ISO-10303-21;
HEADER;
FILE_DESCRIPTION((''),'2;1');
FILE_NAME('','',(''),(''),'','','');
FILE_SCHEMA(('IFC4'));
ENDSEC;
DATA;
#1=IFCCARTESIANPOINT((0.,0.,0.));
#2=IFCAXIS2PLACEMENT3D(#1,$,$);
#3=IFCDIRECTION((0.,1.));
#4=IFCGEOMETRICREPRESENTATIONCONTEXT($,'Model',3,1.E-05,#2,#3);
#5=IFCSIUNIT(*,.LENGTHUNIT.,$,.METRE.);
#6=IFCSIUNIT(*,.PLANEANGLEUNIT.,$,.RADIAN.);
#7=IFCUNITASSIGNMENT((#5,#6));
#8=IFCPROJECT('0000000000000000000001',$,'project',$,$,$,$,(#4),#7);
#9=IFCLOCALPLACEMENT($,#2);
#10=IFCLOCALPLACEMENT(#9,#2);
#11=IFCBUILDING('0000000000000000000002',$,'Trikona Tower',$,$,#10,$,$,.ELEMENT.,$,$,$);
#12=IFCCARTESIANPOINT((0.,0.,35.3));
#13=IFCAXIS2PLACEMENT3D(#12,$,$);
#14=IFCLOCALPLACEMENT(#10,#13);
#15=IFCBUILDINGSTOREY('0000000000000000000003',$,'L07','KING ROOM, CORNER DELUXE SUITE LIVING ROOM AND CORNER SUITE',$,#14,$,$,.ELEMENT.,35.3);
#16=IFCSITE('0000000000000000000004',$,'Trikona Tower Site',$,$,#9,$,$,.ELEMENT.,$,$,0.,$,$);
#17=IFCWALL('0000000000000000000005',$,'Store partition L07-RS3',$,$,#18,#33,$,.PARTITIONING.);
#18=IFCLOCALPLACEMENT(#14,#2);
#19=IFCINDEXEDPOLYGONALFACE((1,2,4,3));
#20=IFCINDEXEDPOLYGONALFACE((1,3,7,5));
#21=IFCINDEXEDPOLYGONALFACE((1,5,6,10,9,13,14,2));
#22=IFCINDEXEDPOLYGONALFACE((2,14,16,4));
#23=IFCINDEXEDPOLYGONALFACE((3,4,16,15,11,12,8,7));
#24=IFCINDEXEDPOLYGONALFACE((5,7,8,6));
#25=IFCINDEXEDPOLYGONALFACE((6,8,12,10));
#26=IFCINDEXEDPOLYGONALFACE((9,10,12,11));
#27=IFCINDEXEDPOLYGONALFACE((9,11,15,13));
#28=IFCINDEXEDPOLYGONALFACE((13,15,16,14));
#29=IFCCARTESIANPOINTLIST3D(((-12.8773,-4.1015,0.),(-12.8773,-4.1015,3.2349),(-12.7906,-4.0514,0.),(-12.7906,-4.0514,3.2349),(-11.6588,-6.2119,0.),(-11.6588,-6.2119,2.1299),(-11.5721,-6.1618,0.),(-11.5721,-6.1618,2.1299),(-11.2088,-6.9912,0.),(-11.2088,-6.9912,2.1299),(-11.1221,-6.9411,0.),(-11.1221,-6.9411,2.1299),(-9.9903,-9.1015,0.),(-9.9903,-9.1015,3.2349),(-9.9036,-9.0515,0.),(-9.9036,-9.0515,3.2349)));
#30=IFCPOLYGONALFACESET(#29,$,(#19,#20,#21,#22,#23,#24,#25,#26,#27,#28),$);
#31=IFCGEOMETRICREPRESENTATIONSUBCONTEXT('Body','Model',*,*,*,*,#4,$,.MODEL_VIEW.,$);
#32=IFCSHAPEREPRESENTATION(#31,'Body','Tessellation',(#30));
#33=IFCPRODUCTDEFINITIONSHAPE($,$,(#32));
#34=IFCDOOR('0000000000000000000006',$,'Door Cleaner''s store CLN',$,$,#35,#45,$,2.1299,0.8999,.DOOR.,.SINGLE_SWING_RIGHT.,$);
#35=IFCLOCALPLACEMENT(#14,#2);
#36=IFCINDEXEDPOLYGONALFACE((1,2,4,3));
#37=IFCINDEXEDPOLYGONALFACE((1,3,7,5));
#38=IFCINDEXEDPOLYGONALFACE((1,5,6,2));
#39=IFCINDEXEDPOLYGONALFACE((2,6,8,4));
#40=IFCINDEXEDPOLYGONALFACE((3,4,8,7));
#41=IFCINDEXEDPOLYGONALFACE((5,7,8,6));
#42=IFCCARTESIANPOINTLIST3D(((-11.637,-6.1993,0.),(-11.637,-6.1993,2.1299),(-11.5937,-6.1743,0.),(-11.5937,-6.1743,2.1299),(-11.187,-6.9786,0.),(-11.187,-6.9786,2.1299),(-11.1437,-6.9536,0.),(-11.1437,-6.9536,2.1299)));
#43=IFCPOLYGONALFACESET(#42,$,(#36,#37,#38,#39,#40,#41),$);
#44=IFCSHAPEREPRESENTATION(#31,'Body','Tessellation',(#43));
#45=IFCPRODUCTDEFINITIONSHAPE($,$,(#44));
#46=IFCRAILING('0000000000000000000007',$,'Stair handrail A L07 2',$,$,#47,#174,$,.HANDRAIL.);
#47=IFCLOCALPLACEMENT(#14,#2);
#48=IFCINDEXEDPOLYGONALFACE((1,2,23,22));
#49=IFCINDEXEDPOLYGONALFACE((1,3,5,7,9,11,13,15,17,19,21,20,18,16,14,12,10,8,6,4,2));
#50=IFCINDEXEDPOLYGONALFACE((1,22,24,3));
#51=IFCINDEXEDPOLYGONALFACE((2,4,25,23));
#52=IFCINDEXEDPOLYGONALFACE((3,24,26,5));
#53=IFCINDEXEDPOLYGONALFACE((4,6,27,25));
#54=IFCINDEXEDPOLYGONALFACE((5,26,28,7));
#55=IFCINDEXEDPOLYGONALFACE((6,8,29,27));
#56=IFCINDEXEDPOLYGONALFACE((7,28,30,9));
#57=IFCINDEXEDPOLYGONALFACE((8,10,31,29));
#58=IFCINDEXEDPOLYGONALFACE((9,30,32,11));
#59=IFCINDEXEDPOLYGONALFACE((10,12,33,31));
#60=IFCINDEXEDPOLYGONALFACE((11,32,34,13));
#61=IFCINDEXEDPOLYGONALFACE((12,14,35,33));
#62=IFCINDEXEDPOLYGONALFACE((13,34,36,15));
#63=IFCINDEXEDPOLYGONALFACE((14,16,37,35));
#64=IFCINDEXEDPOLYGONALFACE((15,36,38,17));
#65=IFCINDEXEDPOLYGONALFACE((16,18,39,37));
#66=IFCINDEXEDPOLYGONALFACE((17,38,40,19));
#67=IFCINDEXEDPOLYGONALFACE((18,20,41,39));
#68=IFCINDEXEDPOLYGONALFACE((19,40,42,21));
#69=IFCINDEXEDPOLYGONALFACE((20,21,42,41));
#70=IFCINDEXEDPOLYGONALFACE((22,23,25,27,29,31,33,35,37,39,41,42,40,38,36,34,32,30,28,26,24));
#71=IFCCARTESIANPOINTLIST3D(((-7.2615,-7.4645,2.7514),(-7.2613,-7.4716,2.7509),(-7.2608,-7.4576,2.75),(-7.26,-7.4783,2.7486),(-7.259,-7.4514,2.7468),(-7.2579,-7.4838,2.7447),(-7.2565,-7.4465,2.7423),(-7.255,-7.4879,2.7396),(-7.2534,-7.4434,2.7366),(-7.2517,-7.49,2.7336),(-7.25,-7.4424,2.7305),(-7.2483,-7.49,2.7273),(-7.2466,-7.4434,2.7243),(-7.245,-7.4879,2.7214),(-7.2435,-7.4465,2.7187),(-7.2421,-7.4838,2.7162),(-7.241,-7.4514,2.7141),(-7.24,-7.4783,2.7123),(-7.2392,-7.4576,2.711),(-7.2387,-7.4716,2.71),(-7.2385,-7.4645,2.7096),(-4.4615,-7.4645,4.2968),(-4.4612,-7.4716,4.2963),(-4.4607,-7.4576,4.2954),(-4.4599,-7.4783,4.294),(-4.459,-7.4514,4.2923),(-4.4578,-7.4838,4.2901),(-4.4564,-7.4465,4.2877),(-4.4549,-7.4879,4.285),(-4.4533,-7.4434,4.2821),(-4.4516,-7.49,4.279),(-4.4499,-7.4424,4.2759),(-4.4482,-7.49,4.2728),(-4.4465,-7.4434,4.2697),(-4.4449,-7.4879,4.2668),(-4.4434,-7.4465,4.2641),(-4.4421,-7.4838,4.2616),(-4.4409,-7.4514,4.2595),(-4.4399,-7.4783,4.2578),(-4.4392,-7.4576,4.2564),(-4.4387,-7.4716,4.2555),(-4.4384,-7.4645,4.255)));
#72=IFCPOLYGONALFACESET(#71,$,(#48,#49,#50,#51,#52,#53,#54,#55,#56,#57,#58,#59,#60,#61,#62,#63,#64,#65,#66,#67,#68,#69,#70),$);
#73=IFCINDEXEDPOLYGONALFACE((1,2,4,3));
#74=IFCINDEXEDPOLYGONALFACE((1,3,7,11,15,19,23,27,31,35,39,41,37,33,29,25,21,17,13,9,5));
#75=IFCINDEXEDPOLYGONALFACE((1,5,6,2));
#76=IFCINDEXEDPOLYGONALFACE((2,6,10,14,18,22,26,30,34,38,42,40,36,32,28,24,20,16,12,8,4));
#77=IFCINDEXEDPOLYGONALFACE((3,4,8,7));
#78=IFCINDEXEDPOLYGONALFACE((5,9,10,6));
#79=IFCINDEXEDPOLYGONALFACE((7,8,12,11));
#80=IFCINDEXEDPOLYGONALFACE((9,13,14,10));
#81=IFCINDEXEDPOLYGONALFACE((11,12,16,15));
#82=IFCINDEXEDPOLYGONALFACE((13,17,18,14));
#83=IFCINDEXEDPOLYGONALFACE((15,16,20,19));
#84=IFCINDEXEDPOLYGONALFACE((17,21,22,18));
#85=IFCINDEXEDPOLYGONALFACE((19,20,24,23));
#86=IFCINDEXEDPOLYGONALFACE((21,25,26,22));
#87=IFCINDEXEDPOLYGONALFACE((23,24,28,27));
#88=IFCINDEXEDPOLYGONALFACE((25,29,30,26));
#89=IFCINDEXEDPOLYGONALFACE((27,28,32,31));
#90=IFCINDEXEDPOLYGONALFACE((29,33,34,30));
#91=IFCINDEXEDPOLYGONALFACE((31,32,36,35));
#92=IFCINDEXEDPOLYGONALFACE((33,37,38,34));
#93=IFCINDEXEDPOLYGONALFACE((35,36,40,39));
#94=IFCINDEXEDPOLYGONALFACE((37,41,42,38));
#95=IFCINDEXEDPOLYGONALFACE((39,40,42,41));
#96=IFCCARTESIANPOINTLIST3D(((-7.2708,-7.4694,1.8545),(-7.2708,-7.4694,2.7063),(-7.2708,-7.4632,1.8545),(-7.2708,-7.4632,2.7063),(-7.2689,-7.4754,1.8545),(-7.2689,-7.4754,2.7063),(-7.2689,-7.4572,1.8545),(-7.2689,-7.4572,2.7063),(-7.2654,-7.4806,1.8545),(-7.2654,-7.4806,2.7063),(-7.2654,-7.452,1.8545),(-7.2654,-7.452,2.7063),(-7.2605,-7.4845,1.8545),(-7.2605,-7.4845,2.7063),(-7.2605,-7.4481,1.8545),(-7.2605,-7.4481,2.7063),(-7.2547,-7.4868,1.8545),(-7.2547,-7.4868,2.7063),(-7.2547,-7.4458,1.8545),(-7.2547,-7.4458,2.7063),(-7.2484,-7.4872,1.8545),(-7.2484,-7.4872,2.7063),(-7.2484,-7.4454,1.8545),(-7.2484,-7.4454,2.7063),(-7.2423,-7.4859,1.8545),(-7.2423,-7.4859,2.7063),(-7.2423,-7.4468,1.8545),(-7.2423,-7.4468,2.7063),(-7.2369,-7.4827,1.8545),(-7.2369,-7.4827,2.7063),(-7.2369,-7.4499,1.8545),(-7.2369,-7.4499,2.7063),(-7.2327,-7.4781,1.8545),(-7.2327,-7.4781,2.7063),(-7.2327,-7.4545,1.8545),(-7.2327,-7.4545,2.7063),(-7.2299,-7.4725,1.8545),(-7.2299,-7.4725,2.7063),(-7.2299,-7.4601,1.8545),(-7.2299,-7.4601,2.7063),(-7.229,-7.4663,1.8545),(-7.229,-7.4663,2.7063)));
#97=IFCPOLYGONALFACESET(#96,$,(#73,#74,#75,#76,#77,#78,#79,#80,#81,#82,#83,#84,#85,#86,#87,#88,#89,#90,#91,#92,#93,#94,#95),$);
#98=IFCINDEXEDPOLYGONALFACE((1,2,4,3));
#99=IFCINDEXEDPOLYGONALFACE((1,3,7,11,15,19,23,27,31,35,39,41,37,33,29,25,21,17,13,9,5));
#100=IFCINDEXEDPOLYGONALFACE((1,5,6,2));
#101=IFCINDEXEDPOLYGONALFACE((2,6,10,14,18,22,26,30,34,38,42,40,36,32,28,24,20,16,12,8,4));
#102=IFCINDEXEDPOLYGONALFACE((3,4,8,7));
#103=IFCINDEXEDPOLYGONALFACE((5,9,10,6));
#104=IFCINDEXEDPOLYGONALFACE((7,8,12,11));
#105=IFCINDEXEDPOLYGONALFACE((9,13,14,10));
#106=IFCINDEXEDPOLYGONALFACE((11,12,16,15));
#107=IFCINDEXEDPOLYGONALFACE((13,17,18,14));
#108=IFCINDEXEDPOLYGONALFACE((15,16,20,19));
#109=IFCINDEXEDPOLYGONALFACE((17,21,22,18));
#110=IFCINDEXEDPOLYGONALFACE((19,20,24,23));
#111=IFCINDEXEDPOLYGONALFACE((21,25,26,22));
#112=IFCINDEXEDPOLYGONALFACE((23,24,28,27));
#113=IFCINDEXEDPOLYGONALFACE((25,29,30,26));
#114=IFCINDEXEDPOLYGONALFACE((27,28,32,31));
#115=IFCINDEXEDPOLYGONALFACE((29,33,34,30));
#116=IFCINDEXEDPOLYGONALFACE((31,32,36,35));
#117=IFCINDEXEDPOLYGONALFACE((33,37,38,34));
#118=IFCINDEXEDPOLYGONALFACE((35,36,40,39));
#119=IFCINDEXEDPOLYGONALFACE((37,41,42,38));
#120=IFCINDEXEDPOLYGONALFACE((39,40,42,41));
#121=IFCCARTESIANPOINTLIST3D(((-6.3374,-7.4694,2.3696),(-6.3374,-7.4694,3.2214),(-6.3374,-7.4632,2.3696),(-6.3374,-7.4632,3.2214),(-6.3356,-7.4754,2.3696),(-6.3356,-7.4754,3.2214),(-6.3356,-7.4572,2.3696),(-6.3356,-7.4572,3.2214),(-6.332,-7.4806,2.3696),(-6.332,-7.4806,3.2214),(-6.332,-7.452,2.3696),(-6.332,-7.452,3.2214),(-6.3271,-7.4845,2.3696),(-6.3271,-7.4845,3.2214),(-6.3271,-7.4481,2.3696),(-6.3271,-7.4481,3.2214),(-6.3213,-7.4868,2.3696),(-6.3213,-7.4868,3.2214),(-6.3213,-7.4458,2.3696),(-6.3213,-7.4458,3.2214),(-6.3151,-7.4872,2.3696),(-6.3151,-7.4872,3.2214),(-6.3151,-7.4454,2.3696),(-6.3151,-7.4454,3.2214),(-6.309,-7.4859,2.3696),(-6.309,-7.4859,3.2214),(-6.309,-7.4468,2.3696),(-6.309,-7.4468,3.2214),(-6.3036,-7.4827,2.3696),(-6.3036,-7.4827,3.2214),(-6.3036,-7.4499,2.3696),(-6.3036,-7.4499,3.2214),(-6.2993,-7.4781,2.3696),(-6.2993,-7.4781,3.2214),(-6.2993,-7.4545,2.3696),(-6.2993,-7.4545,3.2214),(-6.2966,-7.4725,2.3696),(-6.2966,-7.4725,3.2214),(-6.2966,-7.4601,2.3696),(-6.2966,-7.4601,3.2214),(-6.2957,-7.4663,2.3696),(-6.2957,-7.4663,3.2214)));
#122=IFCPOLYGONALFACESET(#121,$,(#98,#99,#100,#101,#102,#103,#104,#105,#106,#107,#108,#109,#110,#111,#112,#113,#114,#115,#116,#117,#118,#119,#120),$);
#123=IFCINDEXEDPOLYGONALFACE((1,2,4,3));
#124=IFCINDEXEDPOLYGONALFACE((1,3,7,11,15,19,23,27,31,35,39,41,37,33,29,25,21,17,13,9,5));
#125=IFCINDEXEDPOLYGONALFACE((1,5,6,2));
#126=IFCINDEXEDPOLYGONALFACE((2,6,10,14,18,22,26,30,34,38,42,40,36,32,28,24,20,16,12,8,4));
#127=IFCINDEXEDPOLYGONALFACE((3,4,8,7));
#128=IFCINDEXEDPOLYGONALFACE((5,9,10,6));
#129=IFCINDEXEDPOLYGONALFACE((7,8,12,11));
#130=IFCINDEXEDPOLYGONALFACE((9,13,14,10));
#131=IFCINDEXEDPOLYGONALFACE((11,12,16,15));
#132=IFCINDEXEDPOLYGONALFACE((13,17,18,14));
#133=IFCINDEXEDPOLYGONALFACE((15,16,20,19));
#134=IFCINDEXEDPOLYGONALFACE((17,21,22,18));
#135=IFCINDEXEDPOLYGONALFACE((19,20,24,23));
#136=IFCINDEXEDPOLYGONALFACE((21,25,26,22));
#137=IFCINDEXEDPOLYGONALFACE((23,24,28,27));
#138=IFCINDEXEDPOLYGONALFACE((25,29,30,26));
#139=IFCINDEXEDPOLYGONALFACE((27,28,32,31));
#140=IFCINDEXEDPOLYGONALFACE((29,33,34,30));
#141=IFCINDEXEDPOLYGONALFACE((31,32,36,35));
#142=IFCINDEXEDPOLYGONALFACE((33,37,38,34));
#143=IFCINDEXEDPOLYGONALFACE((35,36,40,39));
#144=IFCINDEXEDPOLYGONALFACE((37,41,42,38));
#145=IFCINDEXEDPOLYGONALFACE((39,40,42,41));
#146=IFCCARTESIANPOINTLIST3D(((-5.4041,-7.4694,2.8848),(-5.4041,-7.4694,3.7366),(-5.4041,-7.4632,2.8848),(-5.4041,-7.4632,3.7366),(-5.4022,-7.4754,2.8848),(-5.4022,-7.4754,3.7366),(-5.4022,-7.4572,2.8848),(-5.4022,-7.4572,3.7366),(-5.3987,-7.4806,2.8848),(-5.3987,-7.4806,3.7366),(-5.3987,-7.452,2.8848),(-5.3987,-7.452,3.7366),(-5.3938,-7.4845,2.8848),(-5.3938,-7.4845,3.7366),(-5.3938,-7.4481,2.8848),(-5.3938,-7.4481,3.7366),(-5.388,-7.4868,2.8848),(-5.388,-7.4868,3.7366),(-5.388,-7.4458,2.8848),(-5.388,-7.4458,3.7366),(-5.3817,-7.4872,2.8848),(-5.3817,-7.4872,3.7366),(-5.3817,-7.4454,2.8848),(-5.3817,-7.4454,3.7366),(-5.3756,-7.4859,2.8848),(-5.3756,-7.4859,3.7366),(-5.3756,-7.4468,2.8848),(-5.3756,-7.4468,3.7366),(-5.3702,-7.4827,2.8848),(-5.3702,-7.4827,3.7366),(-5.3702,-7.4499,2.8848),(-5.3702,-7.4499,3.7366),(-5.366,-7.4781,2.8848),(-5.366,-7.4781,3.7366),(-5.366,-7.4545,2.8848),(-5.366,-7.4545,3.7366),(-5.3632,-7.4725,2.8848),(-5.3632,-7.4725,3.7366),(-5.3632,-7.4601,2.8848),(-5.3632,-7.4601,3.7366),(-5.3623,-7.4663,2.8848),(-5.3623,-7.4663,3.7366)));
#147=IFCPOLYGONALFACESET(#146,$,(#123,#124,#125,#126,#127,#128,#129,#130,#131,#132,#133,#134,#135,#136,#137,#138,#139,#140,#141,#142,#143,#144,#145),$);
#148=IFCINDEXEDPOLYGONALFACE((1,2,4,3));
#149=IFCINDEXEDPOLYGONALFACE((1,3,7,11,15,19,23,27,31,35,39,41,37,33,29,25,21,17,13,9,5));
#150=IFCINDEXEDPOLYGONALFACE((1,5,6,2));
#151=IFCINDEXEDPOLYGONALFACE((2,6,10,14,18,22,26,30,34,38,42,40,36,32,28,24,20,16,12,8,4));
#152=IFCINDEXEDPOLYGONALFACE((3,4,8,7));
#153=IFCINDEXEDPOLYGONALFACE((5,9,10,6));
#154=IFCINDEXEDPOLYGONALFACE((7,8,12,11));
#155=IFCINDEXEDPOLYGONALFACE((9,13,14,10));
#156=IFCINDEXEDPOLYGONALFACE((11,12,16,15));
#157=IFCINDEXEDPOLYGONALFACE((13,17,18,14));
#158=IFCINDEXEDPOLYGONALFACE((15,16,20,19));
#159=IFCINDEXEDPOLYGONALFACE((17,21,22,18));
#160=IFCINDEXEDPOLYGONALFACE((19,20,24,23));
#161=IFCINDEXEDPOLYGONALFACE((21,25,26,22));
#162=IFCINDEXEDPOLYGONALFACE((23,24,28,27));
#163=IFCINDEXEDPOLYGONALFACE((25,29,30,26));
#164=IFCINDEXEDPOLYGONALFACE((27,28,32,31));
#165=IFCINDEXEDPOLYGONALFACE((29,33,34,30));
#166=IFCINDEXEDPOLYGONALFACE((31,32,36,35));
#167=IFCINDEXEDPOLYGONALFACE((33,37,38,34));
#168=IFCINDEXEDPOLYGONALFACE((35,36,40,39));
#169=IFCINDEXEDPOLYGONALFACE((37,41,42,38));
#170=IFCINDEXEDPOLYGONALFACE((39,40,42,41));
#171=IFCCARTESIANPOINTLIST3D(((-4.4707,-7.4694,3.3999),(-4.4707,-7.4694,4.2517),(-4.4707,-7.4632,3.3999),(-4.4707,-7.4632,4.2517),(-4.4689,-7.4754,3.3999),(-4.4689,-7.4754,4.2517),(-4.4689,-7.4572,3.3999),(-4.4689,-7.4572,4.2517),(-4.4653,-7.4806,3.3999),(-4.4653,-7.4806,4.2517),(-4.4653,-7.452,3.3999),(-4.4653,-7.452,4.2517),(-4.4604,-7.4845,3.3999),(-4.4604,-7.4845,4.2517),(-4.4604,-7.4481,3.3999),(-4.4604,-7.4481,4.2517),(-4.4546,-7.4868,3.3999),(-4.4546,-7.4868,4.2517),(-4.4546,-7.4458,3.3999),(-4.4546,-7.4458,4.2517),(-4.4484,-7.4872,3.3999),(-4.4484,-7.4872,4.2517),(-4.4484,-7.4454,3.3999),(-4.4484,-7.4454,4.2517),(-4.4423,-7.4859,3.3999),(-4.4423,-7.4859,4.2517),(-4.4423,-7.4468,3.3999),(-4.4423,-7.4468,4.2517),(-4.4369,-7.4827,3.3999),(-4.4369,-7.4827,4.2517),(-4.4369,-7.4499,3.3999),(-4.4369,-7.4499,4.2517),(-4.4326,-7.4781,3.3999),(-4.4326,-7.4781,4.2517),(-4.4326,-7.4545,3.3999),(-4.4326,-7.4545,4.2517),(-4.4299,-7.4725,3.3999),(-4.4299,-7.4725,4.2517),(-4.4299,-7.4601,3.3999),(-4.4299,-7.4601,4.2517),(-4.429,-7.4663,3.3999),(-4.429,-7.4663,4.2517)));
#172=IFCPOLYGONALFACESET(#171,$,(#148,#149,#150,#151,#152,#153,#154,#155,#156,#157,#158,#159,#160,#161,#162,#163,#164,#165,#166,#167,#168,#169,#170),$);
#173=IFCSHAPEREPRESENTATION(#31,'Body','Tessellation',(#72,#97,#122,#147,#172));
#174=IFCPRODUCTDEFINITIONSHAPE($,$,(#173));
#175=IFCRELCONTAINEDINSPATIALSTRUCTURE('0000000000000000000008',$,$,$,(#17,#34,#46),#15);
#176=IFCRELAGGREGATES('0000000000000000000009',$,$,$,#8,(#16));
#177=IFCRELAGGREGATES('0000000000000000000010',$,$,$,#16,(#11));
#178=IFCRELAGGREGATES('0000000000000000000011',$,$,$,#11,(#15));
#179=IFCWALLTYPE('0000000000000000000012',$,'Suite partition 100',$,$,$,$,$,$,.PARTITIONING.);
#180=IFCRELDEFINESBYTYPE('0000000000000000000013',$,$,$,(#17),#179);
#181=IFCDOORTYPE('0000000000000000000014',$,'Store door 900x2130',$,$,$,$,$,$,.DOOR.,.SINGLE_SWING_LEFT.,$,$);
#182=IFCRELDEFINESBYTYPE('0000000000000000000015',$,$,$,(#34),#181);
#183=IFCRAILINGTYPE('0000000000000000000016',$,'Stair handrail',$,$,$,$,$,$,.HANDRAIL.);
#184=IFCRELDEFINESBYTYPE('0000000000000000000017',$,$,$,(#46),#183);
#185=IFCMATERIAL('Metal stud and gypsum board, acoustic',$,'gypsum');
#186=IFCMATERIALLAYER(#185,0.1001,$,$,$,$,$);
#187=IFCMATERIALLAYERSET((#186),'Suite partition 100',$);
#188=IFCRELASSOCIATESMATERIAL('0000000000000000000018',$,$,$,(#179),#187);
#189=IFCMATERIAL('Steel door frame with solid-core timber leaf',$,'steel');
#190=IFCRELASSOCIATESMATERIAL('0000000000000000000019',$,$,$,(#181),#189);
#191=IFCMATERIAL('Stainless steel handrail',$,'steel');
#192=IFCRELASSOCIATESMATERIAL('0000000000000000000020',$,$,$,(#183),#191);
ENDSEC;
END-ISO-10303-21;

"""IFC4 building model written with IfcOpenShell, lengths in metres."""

from ifc_helpers import new_model, si_unit, direction, frame, frame_2d, origin, origin_2d, place, context, subcontext, project, spatial, rectangle, circle, extrude, material, layer, layer_set, type_object, element, fill, save


model = new_model("IFC4")

# Units and contexts
model_context = context("Model", 3, precision=1e-05, world=origin(), true_north=direction((0.0, 1.0)))
body_context = subcontext(model_context, "Body", "Model", "MODEL_VIEW")
ifc_project = project(units=[si_unit("LENGTHUNIT", "METRE"), si_unit("PLANEANGLEUNIT", "RADIAN")], contexts=[model_context])

# Site, building, storey
site_placement = place(None, origin())
site = spatial("IfcSite", under=ifc_project, at=site_placement, Name="Trikona Tower Site", CompositionType="ELEMENT", RefElevation=0.0)
building_placement = place(site_placement, origin())
building = spatial("IfcBuilding", under=site, at=building_placement, Name="Trikona Tower", CompositionType="ELEMENT")
storey_placement = place(building_placement, frame((0.0, 0.0, 35.3)))
storey = spatial("IfcBuildingStorey", under=building, at=storey_placement, Name="L07", Description="KING ROOM, CORNER DELUXE SUITE LIVING ROOM AND CORNER SUITE", CompositionType="ELEMENT", Elevation=35.3)

# Wall, opening, door
ifc_material_1 = material(Name="Metal stud and gypsum board, acoustic", Category="gypsum")
ifc_layer_1 = layer(ifc_material_1, 0.1001)
ifc_layer_set_1 = layer_set([ifc_layer_1], Name="Suite partition 100")
wall_type_1 = type_object("IfcWallType", Name="Suite partition 100", PredefinedType="PARTITIONING", material=ifc_layer_set_1)
wall_1_placement = place(storey_placement, frame((-9.947, -9.0764, 0.0), z_axis=(0.0, 0.0, 1.0), x_axis=(-0.500027, 0.86601, 0.0)))
wall_1 = element("IfcWall", 1, at=wall_1_placement, inside=storey, type_object=wall_type_1, Name="Store partition L07-RS3", PredefinedType="PARTITIONING", context=body_context, shape_type="SweptSolid", body=[
    extrude(rectangle(XDim=5.7737, YDim=0.1001, at=frame_2d((2.8867, 0.0))), origin(), (0.0, 0.0, 1.0), 3.2349),
])
opening_1_placement = place(wall_1_placement, frame((2.4368, 0.0, 0.0)))
opening_1 = element("IfcOpeningElement", 2, at=opening_1_placement, cuts=wall_1, PredefinedType="OPENING", context=body_context, shape_type="SweptSolid", body=[
    extrude(rectangle(XDim=0.8999, YDim=2.1299, at=frame_2d((0.45, 1.0649))), frame((0.0, 0.0601, 0.0), z_axis=(0.0, -1.0, 0.0), x_axis=(1.0, 0.0, 0.0)), (0.0, 0.0, 1.0), 0.1201),
])
ifc_material_2 = material(Name="Steel door frame with solid-core timber leaf", Category="steel")
door_type_1 = type_object("IfcDoorType", Name="Store door 900x2130", OperationType="SINGLE_SWING_LEFT", PredefinedType="DOOR", material=ifc_material_2)
door_1_placement = place(opening_1_placement, origin())
door_1 = element("IfcDoor", 3, at=door_1_placement, inside=storey, type_object=door_type_1, Name="Door Cleaner's store CLN", OperationType="SINGLE_SWING_RIGHT", OverallHeight=2.1299, OverallWidth=0.8999, PredefinedType="DOOR", context=body_context, shape_type="SweptSolid", body=[
    extrude(rectangle(XDim=0.8999, YDim=2.1299, at=frame_2d((0.45, 1.0649))), frame((0.0, 0.0249, 0.0), z_axis=(0.0, -1.0, 0.0), x_axis=(1.0, 0.0, 0.0)), (0.0, 0.0, 1.0), 0.05),
])
fill(opening_1, door_1)

# Railing
ifc_material_3 = material(Name="Stainless steel handrail", Category="steel")
railing_type = type_object("IfcRailingType", Name="Stair handrail", PredefinedType="HANDRAIL", material=ifc_material_3)
railing_placement = place(storey_placement, frame((-7.25, -7.4663, 1.8545)))
element("IfcRailing", 4, at=railing_placement, inside=storey, type_object=railing_type, Name="Stair handrail A L07 2", PredefinedType="HANDRAIL", context=body_context, shape_type="SweptSolid", body=[
    extrude(circle(Radius=0.0239, at=origin_2d()), frame((0.0, 0.0, 0.876), z_axis=(0.875504, 0.0, 0.483211), x_axis=(0.0, 1.0, 0.0)), (0.0, 0.0, 1.0), 3.1982),
    extrude(circle(Radius=0.021, at=origin_2d()), origin(), (0.0, 0.0, 1.0), 0.8518),
    extrude(circle(Radius=0.021, at=origin_2d()), frame((0.9333, 0.0, 0.5151)), (0.0, 0.0, 1.0), 0.8518),
    extrude(circle(Radius=0.021, at=origin_2d()), frame((1.8667, 0.0, 1.0303)), (0.0, 0.0, 1.0), 0.8518),
    extrude(circle(Radius=0.021, at=origin_2d()), frame((2.8, 0.0, 1.5454)), (0.0, 0.0, 1.0), 0.8518),
])

save(model, "model.ifc")
